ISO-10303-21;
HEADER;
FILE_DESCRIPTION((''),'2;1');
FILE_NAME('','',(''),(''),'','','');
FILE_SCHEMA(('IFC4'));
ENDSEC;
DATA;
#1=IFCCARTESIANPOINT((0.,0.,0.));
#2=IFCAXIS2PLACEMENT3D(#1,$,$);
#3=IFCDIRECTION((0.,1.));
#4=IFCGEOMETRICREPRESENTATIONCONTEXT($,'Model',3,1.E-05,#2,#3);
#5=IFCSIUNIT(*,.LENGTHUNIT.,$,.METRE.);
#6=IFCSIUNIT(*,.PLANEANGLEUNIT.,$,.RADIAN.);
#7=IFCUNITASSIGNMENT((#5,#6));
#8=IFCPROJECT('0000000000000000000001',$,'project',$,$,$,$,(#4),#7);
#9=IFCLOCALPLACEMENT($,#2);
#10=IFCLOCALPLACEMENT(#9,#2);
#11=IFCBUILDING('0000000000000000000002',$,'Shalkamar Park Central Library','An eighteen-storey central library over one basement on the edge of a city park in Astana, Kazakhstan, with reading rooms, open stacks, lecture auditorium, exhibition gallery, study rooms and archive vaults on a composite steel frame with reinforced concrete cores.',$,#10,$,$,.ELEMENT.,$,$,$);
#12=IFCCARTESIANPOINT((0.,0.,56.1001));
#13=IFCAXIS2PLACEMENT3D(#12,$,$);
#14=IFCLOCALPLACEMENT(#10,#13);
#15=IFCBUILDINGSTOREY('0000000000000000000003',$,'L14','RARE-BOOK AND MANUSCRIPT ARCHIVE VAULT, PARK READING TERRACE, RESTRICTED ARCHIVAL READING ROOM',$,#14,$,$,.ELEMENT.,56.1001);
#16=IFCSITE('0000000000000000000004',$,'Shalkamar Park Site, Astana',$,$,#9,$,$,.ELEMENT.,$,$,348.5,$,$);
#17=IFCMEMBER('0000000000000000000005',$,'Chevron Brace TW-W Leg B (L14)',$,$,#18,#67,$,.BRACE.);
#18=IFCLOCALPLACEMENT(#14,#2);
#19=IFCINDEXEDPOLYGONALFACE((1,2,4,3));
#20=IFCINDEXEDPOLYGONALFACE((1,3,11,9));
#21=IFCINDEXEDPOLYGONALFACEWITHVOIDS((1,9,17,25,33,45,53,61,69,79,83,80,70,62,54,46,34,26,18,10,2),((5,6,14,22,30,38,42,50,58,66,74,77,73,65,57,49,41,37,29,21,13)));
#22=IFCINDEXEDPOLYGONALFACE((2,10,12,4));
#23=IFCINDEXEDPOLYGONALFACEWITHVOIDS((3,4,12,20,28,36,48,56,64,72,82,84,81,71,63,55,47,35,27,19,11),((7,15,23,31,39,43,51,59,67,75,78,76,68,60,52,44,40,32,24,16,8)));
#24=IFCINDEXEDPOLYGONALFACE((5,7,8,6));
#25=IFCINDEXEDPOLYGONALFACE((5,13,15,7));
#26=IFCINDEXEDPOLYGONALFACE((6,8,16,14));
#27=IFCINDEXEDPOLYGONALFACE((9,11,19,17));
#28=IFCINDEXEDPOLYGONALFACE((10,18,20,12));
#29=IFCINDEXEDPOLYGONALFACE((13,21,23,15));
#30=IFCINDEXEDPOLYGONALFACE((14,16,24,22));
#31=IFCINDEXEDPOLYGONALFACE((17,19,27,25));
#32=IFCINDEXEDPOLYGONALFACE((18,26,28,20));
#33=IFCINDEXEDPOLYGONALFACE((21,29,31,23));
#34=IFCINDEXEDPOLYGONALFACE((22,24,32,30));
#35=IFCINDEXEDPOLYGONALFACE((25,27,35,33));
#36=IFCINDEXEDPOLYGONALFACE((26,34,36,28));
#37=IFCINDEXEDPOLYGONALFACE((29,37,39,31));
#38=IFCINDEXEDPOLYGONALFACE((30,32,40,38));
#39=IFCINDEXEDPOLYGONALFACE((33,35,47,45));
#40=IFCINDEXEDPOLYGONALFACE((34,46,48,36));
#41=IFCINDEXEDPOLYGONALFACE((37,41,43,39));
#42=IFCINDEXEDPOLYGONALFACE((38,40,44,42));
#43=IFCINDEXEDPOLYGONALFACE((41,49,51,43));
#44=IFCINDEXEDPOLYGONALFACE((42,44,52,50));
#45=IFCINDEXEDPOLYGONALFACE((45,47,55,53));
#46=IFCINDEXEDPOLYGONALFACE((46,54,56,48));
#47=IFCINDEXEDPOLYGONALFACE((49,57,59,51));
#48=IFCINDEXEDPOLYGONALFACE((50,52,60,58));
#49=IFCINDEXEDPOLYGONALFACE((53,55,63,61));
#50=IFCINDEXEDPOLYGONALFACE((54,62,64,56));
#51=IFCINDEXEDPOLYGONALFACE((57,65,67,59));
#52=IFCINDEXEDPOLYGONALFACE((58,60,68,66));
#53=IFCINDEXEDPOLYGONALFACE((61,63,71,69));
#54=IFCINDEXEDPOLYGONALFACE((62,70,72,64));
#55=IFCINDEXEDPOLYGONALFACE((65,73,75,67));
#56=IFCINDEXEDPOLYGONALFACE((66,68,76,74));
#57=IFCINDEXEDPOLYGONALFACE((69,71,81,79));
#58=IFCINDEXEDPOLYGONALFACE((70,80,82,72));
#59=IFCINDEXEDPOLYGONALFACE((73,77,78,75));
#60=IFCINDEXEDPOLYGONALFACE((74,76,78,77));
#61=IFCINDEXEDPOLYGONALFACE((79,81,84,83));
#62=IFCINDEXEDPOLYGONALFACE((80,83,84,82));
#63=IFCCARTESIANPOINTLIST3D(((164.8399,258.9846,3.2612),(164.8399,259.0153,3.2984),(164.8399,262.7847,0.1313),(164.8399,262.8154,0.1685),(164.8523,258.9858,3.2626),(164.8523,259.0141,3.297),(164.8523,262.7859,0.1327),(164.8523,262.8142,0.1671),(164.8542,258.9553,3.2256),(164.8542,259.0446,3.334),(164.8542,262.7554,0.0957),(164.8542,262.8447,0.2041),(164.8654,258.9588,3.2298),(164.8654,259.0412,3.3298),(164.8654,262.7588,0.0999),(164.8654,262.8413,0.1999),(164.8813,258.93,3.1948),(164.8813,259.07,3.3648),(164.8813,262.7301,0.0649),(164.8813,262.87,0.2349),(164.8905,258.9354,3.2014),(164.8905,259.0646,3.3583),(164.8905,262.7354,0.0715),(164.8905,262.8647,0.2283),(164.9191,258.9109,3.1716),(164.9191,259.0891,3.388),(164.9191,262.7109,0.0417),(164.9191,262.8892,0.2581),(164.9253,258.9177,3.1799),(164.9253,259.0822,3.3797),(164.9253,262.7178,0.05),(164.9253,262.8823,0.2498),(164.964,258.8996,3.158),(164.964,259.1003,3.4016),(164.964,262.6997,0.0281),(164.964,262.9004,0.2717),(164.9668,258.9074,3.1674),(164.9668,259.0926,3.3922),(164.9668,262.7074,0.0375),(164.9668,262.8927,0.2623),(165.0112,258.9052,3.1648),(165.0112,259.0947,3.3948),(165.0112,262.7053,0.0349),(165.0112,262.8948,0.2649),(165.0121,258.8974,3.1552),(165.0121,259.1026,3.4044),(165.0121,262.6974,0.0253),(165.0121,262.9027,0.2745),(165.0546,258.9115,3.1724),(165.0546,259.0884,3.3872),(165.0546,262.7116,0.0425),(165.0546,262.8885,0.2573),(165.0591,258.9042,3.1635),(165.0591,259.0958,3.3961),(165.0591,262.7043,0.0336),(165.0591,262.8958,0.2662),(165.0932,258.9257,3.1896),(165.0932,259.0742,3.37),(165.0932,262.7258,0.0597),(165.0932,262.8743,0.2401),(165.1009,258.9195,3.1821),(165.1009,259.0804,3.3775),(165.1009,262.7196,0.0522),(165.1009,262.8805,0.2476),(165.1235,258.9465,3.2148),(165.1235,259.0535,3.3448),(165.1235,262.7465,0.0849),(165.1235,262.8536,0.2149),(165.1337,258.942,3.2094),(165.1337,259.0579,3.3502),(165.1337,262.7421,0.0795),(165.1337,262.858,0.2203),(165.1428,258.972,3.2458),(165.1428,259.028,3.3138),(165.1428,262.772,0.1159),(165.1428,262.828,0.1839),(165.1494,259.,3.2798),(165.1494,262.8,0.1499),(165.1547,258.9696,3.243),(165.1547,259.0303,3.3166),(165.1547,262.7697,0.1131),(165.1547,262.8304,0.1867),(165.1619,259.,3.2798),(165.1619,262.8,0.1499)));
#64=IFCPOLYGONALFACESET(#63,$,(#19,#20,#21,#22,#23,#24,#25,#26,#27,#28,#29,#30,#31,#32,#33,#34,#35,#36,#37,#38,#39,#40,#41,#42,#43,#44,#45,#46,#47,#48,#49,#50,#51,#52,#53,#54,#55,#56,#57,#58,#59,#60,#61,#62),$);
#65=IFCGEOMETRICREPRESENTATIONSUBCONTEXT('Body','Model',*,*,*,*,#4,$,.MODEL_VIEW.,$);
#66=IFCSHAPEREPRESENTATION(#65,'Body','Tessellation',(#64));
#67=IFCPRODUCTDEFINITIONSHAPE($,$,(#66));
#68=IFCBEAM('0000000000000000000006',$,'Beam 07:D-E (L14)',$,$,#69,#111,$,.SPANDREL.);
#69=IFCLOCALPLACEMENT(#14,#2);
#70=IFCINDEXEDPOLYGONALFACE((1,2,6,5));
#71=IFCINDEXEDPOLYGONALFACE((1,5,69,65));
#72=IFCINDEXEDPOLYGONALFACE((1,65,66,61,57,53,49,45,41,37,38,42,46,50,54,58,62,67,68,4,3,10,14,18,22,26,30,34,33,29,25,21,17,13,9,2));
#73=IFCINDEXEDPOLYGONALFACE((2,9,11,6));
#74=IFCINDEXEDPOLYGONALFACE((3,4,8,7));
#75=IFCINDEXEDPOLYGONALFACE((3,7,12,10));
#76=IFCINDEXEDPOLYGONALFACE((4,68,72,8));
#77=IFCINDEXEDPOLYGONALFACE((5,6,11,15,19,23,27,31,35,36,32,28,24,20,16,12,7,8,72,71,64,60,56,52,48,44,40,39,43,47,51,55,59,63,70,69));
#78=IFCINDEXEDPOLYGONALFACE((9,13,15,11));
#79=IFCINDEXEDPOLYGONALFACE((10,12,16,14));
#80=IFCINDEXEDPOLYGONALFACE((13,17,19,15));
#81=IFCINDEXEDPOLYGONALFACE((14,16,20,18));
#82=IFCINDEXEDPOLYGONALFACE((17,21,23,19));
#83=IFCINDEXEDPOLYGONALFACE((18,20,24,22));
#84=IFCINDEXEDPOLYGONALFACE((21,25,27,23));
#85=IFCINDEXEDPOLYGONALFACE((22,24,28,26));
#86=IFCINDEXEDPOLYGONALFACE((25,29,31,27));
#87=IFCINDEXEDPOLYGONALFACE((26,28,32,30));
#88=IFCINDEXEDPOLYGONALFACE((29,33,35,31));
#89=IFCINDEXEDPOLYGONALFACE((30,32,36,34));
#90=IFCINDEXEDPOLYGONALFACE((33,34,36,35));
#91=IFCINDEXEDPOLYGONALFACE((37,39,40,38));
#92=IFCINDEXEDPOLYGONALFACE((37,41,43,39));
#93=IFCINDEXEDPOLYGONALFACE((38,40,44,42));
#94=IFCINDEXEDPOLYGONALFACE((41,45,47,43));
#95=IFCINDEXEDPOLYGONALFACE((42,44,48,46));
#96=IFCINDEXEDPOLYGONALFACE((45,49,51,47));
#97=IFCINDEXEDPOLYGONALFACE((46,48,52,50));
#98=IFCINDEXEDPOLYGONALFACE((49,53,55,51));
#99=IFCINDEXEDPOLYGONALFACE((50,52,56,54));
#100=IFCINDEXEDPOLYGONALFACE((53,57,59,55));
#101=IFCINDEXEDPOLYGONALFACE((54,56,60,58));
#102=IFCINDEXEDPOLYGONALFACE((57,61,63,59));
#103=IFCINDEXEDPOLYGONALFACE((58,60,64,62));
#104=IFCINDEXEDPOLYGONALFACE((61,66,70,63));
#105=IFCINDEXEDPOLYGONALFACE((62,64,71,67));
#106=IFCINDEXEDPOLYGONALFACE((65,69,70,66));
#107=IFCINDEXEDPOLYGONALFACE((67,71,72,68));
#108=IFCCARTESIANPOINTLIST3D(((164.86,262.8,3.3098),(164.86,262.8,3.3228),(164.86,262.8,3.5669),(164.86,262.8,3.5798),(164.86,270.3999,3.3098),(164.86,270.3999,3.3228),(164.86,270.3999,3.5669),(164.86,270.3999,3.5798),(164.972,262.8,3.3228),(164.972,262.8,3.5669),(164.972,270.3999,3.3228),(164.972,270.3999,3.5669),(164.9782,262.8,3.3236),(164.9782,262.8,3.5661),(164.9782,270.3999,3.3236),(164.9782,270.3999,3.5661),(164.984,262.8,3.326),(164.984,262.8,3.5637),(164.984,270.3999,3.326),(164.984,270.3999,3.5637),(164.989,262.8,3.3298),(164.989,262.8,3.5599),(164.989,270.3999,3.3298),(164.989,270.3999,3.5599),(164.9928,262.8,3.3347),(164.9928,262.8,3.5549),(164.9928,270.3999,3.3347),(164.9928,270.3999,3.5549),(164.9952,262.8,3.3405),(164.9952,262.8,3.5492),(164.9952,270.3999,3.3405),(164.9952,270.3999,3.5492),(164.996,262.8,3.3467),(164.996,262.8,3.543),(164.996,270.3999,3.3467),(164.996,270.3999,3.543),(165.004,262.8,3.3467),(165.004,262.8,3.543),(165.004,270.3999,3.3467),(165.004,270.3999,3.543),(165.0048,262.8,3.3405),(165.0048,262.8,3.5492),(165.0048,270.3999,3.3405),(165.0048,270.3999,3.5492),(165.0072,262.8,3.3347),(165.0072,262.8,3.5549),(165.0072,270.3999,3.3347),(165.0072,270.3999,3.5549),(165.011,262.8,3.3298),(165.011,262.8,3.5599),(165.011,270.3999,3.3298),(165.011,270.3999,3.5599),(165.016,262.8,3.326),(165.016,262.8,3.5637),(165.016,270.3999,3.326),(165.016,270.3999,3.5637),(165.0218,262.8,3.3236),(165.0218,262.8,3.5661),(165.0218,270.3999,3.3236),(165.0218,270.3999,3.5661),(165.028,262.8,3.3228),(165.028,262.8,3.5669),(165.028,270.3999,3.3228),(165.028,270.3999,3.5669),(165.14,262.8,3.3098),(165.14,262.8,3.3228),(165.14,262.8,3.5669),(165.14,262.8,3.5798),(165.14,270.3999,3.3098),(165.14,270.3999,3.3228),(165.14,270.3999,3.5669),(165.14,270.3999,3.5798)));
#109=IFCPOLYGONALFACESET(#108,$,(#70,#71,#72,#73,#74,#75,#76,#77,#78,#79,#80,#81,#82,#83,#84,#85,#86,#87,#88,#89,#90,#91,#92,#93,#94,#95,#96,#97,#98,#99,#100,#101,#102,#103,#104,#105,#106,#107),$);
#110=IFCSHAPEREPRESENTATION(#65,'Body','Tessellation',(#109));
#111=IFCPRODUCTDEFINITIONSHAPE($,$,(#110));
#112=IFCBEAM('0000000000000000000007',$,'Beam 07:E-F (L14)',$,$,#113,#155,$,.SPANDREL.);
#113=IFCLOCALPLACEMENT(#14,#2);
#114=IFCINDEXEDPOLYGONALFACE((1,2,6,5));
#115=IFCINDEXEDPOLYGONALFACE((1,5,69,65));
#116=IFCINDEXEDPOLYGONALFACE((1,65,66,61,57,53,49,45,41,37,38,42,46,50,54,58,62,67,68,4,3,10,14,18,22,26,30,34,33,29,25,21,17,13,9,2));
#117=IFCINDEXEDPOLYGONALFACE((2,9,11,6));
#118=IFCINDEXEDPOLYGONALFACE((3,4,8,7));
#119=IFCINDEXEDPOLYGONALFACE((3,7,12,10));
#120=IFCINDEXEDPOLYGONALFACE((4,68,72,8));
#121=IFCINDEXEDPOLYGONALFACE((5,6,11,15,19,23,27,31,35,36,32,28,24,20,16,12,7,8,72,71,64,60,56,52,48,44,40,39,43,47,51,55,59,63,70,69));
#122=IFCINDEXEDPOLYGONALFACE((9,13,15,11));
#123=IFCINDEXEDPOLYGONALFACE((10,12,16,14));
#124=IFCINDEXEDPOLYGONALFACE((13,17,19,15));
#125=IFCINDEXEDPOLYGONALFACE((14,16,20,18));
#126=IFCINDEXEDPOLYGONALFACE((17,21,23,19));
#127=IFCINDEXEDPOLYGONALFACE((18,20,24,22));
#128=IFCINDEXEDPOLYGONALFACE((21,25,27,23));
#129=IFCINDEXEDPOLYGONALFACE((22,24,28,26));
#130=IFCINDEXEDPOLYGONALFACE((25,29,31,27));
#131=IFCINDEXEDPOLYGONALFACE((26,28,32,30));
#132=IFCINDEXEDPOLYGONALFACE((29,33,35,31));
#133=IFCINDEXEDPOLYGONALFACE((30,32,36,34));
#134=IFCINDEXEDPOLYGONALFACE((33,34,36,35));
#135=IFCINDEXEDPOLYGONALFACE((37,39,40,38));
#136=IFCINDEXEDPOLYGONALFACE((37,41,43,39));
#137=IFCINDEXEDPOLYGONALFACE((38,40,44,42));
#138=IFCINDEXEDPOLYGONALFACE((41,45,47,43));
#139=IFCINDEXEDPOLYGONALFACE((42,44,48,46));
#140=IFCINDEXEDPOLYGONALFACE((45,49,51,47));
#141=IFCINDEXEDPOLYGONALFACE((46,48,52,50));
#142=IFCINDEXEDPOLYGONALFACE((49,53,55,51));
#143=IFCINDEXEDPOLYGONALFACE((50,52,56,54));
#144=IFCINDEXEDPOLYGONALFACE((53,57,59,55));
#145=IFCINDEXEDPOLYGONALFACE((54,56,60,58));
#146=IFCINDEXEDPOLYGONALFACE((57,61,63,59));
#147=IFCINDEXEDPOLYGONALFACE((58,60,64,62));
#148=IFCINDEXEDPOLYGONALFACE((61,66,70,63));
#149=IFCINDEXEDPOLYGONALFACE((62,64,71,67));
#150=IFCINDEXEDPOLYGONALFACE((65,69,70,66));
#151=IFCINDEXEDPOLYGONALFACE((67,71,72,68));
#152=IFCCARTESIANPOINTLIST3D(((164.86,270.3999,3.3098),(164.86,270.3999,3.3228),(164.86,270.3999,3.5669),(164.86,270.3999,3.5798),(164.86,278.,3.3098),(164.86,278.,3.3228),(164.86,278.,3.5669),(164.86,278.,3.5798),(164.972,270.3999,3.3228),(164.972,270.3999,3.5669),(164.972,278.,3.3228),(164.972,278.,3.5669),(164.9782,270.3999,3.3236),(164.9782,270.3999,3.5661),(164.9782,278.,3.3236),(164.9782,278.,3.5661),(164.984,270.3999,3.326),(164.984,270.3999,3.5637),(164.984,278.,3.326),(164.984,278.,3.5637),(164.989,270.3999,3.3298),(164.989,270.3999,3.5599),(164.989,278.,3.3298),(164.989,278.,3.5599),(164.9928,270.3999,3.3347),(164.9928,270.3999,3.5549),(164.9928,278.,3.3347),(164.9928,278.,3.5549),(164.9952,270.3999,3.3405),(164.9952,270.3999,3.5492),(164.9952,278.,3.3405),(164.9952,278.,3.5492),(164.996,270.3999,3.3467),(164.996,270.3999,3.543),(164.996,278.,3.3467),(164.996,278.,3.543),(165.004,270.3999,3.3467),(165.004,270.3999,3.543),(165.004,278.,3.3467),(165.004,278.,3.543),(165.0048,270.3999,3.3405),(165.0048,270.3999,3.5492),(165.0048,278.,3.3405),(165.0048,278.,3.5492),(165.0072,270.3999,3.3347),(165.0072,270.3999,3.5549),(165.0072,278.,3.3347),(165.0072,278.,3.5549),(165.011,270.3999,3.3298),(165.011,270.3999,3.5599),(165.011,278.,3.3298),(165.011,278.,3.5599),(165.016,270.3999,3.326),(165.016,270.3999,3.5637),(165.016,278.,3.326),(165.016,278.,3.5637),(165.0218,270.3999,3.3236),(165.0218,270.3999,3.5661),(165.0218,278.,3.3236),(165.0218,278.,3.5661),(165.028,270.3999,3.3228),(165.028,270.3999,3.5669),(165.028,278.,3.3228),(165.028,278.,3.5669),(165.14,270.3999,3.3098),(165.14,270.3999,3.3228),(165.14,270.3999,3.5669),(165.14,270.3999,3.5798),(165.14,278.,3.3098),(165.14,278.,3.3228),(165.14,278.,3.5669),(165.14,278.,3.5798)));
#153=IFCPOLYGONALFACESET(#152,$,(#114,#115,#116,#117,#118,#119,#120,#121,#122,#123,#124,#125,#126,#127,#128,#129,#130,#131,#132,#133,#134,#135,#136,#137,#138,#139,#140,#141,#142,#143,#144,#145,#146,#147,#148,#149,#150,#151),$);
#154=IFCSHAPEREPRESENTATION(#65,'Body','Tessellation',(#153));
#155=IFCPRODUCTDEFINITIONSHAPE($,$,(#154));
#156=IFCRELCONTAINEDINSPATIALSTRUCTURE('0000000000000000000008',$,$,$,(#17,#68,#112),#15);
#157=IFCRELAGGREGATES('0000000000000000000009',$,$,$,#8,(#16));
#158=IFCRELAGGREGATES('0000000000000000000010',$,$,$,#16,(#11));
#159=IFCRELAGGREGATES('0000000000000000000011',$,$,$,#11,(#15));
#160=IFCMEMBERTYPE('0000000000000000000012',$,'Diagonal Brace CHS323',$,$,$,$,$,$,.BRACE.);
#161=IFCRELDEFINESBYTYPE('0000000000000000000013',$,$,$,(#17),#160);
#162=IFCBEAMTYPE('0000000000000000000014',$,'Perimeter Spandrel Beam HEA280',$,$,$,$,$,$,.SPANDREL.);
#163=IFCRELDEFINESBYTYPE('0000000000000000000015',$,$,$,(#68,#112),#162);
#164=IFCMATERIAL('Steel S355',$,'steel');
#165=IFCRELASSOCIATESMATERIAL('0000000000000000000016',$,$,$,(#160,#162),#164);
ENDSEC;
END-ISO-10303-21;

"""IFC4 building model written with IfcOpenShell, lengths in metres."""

from ifc_helpers import new_model, si_unit, direction, frame, origin, origin_2d, place, context, subcontext, project, spatial, hollow_circle, i_section, extrude, material, material_profile, profile_set, type_object, element, save


model = new_model("IFC4")

# Units and contexts
model_context = context("Model", 3, precision=1e-05, world=origin(), true_north=direction((0.0, 1.0)))
body_context = subcontext(model_context, "Body", "Model", "MODEL_VIEW")
ifc_project = project(units=[si_unit("LENGTHUNIT", "METRE"), si_unit("PLANEANGLEUNIT", "RADIAN")], contexts=[model_context])

# Site, building, storey
site_placement = place(None, origin())
site = spatial("IfcSite", under=ifc_project, at=site_placement, Name="Shalkamar Park Site, Astana", CompositionType="ELEMENT", RefElevation=348.5)
building_placement = place(site_placement, origin())
building = spatial("IfcBuilding", under=site, at=building_placement, Name="Shalkamar Park Central Library", Description="An eighteen-storey central library over one basement on the edge of a city park in Astana, Kazakhstan, with reading rooms, open stacks, lecture auditorium, exhibition gallery, study rooms and archive vaults on a composite steel frame with reinforced concrete cores.", CompositionType="ELEMENT")
storey_placement = place(building_placement, frame((0.0, 0.0, 56.1001)))
storey = spatial("IfcBuildingStorey", under=building, at=storey_placement, Name="L14", Description="RARE-BOOK AND MANUSCRIPT ARCHIVE VAULT, PARK READING TERRACE, RESTRICTED ARCHIVAL READING ROOM", CompositionType="ELEMENT", Elevation=56.1001)

# Shared definitions
ifc_material_1 = material(Name="Steel S355", Category="steel")

# Member
ifc_material_profile_1 = material_profile(ifc_material_1, hollow_circle(Radius=0.1619, WallThickness=0.0125, at=origin_2d()), Name="CHS 323.9x12.5")
ifc_profile_set_1 = profile_set([ifc_material_profile_1], Name="Steel S355")
member_type_1 = type_object("IfcMemberType", Name="Diagonal Brace CHS323", PredefinedType="BRACE", material=ifc_profile_set_1)
member_1_placement = place(storey_placement, frame((165.0, 262.8, 0.1499), z_axis=(0.0, -0.771887, 0.635759), x_axis=(1.0, 0.0, 0.0)))
element("IfcMember", 1, at=member_1_placement, inside=storey, type_object=member_type_1, Name="Chevron Brace TW-W Leg B (L14)", PredefinedType="BRACE", context=body_context, shape_type="SweptSolid", body=[
    extrude(hollow_circle(Radius=0.1619, WallThickness=0.0125, at=origin_2d()), origin(), (0.0, 0.0, 1.0), 4.9231),
])

# Beams
ifc_material_profile_2 = material_profile(ifc_material_1, i_section(OverallWidth=0.28, OverallDepth=0.27, WebThickness=0.0081, FlangeThickness=0.0129, FilletRadius=0.0239, at=origin_2d()), Name="HEA 280")
ifc_profile_set_2 = profile_set([ifc_material_profile_2], Name="Steel S355")
beam_type_1 = type_object("IfcBeamType", Name="Perimeter Spandrel Beam HEA280", PredefinedType="SPANDREL", material=ifc_profile_set_2)
beam_1_placement = place(storey_placement, frame((165.0, 262.8, 3.4448), z_axis=(0.0, 1.0, 0.0), x_axis=(-1.0, 0.0, 0.0)))
element("IfcBeam", 2, at=beam_1_placement, inside=storey, type_object=beam_type_1, Name="Beam 07:D-E (L14)", PredefinedType="SPANDREL", context=body_context, shape_type="SweptSolid", body=[
    extrude(i_section(OverallWidth=0.28, OverallDepth=0.27, WebThickness=0.0081, FlangeThickness=0.0129, FilletRadius=0.0239, at=origin_2d()), origin(), (0.0, 0.0, 1.0), 7.5999),
])
beam_2_placement = place(storey_placement, frame((165.0, 270.3999, 3.4448), z_axis=(0.0, 1.0, 0.0), x_axis=(-1.0, 0.0, 0.0)))
element("IfcBeam", 3, at=beam_2_placement, inside=storey, type_object=beam_type_1, Name="Beam 07:E-F (L14)", PredefinedType="SPANDREL", context=body_context, shape_type="SweptSolid", body=[
    extrude(i_section(OverallWidth=0.28, OverallDepth=0.27, WebThickness=0.0081, FlangeThickness=0.0129, FilletRadius=0.0239, at=origin_2d()), origin(), (0.0, 0.0, 1.0), 7.6001),
])

save(model, "model.ifc")
